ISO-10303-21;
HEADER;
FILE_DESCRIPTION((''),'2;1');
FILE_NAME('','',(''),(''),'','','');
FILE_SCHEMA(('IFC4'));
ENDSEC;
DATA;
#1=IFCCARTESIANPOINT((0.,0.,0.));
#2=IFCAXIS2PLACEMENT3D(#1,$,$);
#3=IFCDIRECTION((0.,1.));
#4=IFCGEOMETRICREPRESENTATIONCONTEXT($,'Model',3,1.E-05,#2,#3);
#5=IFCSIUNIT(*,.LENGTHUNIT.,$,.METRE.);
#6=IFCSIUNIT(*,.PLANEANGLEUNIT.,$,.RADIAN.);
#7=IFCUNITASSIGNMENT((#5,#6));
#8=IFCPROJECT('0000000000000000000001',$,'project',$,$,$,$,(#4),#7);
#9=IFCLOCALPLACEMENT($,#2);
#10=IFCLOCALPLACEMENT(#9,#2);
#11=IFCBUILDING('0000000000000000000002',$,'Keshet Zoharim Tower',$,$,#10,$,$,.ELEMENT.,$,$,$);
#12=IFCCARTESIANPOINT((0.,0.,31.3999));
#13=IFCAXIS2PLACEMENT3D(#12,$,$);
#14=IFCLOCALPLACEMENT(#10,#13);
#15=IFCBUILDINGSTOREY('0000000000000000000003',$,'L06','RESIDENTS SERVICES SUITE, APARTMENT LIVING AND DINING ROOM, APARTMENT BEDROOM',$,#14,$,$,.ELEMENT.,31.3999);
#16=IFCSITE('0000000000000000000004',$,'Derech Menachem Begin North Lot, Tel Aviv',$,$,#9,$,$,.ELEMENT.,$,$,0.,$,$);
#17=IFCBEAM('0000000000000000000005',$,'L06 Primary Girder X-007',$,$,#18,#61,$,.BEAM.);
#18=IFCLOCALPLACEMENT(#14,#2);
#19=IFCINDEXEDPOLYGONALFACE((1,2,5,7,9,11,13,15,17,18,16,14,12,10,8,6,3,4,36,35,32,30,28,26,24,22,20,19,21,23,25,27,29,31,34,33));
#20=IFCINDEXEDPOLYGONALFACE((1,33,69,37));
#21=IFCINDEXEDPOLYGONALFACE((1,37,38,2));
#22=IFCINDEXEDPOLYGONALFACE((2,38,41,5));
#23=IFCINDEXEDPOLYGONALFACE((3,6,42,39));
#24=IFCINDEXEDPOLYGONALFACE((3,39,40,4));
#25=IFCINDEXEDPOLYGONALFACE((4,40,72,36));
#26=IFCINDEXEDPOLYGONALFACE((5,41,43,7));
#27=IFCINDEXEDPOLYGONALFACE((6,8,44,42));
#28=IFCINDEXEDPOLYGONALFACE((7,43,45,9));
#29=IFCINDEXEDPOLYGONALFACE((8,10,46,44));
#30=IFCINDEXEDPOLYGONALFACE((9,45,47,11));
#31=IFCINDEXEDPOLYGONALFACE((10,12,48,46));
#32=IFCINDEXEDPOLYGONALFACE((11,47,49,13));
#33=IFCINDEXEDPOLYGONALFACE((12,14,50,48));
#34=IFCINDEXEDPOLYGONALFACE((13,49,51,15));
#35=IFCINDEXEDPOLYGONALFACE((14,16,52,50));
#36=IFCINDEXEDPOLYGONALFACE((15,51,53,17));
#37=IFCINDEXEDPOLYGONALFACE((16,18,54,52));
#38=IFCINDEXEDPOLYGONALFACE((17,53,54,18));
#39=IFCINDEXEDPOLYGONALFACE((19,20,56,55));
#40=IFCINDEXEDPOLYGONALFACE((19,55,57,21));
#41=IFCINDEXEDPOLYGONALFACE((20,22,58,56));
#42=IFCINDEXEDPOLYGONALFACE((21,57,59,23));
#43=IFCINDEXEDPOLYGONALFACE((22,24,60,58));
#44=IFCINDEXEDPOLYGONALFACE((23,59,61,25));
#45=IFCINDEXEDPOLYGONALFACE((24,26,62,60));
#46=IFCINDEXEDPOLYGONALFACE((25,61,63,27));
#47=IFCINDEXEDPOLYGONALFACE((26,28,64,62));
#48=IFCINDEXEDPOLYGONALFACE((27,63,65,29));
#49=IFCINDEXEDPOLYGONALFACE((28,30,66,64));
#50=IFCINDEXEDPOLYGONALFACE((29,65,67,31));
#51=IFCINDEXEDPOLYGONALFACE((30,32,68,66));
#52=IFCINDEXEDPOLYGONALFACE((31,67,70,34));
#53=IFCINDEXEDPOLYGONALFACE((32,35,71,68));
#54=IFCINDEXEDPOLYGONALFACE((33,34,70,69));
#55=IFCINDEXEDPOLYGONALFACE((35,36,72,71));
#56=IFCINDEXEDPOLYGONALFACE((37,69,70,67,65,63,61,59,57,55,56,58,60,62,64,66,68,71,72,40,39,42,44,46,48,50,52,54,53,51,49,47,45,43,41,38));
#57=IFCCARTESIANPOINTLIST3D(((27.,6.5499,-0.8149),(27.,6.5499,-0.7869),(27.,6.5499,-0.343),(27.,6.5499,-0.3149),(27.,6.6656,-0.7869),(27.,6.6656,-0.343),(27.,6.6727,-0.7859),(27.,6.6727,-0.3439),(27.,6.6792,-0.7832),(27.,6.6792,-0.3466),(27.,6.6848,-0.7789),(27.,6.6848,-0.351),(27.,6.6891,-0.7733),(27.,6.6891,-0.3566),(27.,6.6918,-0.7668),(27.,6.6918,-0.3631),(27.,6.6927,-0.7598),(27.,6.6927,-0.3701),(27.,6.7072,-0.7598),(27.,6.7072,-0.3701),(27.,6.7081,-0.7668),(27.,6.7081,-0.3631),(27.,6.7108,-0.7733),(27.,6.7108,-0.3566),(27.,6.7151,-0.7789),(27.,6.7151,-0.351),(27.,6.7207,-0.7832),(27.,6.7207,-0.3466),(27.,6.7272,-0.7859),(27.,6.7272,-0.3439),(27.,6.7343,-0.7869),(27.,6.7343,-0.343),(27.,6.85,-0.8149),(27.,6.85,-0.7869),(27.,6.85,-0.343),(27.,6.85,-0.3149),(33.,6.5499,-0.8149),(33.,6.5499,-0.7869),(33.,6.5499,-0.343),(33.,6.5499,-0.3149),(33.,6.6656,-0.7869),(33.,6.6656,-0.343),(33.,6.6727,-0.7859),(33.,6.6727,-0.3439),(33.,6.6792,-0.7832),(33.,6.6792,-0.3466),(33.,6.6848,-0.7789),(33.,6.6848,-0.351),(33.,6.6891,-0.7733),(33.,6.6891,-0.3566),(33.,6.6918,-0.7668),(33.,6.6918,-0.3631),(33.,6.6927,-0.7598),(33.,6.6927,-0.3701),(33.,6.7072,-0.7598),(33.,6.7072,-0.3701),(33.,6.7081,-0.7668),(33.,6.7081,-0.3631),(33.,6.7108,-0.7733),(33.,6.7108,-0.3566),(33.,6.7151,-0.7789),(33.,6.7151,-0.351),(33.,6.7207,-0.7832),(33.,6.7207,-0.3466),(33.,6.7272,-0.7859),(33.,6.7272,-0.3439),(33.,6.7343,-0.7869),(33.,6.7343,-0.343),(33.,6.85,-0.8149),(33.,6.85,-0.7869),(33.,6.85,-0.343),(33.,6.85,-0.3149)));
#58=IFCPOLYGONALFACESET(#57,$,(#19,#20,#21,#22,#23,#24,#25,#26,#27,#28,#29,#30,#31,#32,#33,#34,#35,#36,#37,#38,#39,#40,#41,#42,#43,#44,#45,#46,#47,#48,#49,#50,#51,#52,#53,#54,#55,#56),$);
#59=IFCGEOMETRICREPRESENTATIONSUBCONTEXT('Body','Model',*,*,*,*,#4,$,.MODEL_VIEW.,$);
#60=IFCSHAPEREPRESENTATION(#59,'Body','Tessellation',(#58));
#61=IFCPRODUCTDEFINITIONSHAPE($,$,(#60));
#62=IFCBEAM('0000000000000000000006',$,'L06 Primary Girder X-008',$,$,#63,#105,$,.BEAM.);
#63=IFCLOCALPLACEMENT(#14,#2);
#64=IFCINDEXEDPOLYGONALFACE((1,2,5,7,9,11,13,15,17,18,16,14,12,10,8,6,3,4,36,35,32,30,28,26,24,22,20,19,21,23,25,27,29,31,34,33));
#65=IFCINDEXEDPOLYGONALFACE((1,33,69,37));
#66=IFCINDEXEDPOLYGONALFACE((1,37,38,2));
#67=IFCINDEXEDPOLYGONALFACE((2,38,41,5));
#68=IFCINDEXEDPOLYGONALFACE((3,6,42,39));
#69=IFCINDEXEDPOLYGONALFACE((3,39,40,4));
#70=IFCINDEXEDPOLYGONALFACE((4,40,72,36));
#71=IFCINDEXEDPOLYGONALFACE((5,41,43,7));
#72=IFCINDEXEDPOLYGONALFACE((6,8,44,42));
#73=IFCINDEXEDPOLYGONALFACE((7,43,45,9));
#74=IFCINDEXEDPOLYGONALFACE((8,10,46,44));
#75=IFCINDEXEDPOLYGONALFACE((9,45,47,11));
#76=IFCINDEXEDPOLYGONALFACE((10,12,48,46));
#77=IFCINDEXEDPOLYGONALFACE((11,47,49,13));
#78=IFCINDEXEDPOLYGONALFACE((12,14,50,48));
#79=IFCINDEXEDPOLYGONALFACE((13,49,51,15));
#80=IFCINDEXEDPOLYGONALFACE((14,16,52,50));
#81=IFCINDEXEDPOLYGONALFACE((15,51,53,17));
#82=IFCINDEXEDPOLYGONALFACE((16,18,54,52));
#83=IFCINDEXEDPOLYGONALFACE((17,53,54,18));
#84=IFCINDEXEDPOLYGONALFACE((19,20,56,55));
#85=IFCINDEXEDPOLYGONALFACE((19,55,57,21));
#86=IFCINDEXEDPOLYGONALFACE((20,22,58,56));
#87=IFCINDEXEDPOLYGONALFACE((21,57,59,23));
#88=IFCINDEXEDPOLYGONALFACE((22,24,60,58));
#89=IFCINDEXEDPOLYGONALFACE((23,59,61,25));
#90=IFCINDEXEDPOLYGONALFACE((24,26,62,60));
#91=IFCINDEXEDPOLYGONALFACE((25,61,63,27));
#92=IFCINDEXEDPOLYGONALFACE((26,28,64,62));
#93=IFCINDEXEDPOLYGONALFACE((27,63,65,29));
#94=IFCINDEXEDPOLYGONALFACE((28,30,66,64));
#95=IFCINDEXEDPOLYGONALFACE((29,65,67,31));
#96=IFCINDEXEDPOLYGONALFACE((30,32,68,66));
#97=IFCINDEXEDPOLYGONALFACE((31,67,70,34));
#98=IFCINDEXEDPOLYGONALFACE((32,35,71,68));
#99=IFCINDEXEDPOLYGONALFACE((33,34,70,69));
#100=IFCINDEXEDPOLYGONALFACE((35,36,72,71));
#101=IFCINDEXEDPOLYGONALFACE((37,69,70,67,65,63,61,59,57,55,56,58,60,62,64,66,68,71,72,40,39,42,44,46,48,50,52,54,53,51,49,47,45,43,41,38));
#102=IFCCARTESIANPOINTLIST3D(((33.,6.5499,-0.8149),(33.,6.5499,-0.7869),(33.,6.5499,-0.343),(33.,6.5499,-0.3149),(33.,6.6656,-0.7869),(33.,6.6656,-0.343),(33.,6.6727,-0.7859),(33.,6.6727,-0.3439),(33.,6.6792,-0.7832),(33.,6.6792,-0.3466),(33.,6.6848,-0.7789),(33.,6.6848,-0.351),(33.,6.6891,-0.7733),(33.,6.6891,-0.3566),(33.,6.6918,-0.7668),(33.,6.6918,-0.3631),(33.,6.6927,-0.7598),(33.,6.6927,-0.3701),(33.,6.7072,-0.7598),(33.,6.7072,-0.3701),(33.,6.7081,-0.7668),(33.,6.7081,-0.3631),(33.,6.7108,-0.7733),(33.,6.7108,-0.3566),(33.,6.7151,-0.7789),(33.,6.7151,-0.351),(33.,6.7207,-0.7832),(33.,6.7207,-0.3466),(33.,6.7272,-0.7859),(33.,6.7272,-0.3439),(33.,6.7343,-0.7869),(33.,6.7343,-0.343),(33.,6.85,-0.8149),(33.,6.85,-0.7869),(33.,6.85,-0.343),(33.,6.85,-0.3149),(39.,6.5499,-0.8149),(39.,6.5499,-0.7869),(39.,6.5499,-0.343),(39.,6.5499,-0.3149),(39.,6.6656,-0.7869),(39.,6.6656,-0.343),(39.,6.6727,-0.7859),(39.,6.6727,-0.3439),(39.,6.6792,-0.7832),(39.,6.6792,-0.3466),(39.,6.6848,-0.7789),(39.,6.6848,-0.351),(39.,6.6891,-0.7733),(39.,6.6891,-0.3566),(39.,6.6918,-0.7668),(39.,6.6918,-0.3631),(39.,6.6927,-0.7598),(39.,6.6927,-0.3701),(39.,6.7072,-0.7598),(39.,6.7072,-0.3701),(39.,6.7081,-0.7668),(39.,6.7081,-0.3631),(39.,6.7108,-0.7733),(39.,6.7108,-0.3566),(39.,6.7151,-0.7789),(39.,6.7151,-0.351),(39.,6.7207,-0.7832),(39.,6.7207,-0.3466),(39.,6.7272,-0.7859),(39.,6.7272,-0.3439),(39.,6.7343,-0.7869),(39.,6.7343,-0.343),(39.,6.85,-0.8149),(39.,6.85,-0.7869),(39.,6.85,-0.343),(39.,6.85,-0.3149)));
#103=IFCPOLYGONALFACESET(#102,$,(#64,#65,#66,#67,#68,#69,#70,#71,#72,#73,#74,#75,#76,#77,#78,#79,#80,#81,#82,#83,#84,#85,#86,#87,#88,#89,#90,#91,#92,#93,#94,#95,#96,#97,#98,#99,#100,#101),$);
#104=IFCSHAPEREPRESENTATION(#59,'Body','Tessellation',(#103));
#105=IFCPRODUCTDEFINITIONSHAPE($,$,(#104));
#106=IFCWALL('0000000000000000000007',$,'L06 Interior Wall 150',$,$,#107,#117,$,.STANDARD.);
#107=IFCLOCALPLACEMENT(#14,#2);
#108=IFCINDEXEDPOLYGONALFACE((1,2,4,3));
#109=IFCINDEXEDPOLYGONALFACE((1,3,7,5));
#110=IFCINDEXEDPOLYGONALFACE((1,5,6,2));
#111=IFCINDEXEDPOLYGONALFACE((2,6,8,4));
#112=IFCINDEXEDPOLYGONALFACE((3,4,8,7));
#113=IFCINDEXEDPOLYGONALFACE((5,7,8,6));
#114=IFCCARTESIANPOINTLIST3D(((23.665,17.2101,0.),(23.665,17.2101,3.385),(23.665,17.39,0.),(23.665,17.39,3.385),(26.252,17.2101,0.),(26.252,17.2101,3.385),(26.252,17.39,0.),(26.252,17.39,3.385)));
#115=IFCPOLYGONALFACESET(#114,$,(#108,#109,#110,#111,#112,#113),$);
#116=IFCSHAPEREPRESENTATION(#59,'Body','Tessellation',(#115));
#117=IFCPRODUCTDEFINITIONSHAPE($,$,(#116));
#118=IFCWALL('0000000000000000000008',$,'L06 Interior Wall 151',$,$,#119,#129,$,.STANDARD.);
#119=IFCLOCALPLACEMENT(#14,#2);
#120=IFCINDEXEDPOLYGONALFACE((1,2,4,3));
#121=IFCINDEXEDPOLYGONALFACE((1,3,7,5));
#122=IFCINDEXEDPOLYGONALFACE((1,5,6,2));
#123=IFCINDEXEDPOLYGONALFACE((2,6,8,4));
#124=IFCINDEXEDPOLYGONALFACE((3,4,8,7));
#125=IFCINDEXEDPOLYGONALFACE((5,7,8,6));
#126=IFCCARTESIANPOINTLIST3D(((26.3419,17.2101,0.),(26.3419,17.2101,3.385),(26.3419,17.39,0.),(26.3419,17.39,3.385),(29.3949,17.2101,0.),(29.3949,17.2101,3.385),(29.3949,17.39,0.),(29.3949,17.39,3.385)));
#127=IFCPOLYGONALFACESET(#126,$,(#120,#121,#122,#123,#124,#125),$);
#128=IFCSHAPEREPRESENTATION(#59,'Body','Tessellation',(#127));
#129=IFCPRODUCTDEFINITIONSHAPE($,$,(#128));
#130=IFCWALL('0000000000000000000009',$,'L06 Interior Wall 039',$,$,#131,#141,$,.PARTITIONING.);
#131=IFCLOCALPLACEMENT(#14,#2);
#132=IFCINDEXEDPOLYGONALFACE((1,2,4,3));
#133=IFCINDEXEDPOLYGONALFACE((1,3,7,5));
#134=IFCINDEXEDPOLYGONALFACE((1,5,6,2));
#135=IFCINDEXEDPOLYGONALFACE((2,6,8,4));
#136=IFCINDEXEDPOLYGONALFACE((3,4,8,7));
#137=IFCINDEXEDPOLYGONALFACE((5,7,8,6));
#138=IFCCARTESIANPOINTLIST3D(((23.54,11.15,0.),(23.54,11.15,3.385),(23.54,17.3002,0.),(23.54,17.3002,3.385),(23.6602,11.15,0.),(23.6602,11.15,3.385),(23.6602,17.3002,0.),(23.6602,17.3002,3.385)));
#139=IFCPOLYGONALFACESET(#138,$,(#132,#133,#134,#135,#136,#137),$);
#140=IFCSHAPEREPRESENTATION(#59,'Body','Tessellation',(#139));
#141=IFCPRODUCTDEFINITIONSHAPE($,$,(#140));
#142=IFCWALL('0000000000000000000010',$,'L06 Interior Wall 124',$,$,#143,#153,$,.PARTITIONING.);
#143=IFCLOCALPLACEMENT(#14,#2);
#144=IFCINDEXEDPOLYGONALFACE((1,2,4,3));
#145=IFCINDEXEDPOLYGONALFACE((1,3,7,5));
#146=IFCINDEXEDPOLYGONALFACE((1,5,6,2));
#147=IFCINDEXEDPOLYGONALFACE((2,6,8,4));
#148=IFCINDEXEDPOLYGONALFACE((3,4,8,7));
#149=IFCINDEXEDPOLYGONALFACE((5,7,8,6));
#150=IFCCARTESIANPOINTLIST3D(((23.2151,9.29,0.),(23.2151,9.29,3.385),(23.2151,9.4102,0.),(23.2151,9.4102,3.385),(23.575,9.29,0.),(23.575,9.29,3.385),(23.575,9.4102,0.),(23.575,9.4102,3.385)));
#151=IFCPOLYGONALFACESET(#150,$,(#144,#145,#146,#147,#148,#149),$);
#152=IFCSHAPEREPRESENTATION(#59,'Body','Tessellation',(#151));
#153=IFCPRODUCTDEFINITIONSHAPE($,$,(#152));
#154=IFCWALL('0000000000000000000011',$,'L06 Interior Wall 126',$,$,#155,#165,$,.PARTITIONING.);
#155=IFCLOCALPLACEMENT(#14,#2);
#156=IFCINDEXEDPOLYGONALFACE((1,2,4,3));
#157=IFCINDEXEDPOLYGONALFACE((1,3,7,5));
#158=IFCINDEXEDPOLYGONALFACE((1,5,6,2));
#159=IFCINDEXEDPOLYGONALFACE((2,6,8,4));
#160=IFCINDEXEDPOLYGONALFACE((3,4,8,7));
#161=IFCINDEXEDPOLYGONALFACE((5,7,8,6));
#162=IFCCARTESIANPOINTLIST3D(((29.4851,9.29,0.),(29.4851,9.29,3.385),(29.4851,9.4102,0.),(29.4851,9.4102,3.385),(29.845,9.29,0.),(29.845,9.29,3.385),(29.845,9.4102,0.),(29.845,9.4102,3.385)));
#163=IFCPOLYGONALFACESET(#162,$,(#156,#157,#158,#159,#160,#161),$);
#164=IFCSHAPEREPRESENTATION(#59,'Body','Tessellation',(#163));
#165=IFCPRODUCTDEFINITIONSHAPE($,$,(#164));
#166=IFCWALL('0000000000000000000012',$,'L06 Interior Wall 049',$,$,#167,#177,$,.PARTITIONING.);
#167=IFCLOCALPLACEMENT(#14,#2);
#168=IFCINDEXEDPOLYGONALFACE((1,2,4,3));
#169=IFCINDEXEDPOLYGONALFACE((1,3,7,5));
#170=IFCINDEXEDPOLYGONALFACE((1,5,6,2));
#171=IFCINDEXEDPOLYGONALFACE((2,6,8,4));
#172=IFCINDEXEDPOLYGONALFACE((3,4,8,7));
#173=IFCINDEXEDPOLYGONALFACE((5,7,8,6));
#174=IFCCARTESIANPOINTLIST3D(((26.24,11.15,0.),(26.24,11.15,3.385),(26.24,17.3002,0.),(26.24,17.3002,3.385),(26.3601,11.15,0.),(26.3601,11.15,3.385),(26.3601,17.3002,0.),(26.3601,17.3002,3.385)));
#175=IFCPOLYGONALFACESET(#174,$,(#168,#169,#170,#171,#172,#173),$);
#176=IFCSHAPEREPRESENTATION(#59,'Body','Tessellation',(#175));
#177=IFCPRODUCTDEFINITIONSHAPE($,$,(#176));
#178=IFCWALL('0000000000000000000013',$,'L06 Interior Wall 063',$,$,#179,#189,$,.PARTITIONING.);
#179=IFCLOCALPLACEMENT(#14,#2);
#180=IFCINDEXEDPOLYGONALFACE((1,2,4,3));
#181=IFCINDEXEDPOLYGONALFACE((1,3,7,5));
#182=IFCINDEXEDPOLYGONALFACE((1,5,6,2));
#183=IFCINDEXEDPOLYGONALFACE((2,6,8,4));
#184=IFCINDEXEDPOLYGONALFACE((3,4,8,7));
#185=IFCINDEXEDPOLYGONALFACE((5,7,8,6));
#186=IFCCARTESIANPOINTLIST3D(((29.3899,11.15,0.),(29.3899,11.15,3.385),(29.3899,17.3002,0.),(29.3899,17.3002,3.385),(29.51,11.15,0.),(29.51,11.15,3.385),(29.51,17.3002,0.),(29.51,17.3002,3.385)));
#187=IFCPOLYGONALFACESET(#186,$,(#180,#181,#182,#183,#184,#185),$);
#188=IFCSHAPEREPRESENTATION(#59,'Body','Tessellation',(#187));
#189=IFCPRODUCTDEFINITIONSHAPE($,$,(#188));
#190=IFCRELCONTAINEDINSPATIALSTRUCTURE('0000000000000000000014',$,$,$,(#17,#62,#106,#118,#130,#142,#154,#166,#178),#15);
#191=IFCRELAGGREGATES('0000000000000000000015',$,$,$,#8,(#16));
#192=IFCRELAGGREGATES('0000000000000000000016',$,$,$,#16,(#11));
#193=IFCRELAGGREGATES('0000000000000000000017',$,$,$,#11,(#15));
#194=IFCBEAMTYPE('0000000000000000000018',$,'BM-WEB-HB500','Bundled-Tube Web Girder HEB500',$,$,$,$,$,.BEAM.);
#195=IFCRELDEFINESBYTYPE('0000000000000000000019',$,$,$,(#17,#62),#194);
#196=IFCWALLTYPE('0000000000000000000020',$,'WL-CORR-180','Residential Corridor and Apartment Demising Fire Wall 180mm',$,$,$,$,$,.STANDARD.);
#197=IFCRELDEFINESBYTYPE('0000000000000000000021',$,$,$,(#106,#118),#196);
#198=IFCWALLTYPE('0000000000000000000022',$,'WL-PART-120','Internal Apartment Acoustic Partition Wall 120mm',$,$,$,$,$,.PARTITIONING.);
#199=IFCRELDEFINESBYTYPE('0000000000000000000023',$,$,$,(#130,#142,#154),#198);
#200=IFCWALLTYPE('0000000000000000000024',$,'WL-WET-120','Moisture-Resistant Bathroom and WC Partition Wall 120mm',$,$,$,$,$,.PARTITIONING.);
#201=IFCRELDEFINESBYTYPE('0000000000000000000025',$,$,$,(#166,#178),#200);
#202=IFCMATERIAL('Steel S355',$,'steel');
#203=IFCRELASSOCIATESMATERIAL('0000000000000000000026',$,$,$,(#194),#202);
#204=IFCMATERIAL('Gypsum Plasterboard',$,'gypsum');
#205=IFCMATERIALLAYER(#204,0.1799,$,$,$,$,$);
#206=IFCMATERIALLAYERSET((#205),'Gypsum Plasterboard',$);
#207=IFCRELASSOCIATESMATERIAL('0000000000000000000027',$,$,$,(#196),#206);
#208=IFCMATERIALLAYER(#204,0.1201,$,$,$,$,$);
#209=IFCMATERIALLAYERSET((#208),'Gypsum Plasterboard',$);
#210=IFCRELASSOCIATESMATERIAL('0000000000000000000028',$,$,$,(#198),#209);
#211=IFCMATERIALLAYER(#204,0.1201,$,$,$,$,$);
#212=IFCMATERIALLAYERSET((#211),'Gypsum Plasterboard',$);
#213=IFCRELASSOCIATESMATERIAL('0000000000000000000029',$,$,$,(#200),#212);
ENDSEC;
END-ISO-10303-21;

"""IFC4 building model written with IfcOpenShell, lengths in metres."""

from ifc_helpers import new_model, si_unit, direction, frame, frame_2d, origin, origin_2d, place, context, subcontext, project, spatial, rectangle, i_section, extrude, material, layer, layer_set, material_profile, profile_set, type_object, element, save


model = new_model("IFC4")

# Units and contexts
model_context = context("Model", 3, precision=1e-05, world=origin(), true_north=direction((0.0, 1.0)))
body_context = subcontext(model_context, "Body", "Model", "MODEL_VIEW")
ifc_project = project(units=[si_unit("LENGTHUNIT", "METRE"), si_unit("PLANEANGLEUNIT", "RADIAN")], contexts=[model_context])

# Site, building, storey
site_placement = place(None, origin())
site = spatial("IfcSite", under=ifc_project, at=site_placement, Name="Derech Menachem Begin North Lot, Tel Aviv", CompositionType="ELEMENT", RefElevation=0.0)
building_placement = place(site_placement, origin())
building = spatial("IfcBuilding", under=site, at=building_placement, Name="Keshet Zoharim Tower", CompositionType="ELEMENT")
storey_placement = place(building_placement, frame((0.0, 0.0, 31.3999)))
storey = spatial("IfcBuildingStorey", under=building, at=storey_placement, Name="L06", Description="RESIDENTS SERVICES SUITE, APARTMENT LIVING AND DINING ROOM, APARTMENT BEDROOM", CompositionType="ELEMENT", Elevation=31.3999)

# Beams
ifc_material_1 = material(Name="Steel S355", Category="steel")
ifc_material_profile_1 = material_profile(ifc_material_1, i_section(OverallWidth=0.3, OverallDepth=0.5, WebThickness=0.0144, FlangeThickness=0.0281, FilletRadius=0.0271, at=origin_2d()), Name="HEB500")
ifc_profile_set_1 = profile_set([ifc_material_profile_1], Name="Steel S355")
beam_type_1 = type_object("IfcBeamType", Name="BM-WEB-HB500", Description="Bundled-Tube Web Girder HEB500", PredefinedType="BEAM", material=ifc_profile_set_1)
for number, where, z_axis, x_axis, name in (
    (1, (27.0, 6.7, -0.5649), (1.0, 0.0, 0.0), (0.0, 1.0, 0.0), "L06 Primary Girder X-007"),
    (2, (33.0, 6.7, -0.5649), (1.0, 0.0, 0.0), (0.0, 1.0, 0.0), "L06 Primary Girder X-008"),
):
    element("IfcBeam", number, at=place(storey_placement, frame(where, z_axis=z_axis, x_axis=x_axis)), inside=storey, type_object=beam_type_1, Name=name, PredefinedType="BEAM", context=body_context, shape_type="SweptSolid", body=[
        extrude(i_section(OverallWidth=0.3, OverallDepth=0.5, WebThickness=0.0144, FlangeThickness=0.0281, FilletRadius=0.0271, at=origin_2d()), origin(), (0.0, 0.0, 1.0), 6.0),
    ])

# Walls
ifc_material_2 = material(Name="Gypsum Plasterboard", Category="gypsum")
ifc_layer_1 = layer(ifc_material_2, 0.1799)
ifc_layer_set_1 = layer_set([ifc_layer_1], Name="Gypsum Plasterboard")
wall_type_1 = type_object("IfcWallType", Name="WL-CORR-180", Description="Residential Corridor and Apartment Demising Fire Wall 180mm", PredefinedType="STANDARD", material=ifc_layer_set_1)
wall_1_placement = place(storey_placement, frame((23.665, 17.3, 0.0), z_axis=(0.0, 0.0, 1.0), x_axis=(1.0, 0.0, 0.0)))
element("IfcWall", 3, at=wall_1_placement, inside=storey, type_object=wall_type_1, Name="L06 Interior Wall 150", PredefinedType="STANDARD", context=body_context, shape_type="SweptSolid", body=[
    extrude(rectangle(XDim=2.5869, YDim=0.1799, at=frame_2d((1.2935, 0.0))), origin(), (0.0, 0.0, 1.0), 3.385),
])
wall_2_placement = place(storey_placement, frame((26.342, 17.3, 0.0), z_axis=(0.0, 0.0, 1.0), x_axis=(1.0, 0.0, 0.0)))
element("IfcWall", 4, at=wall_2_placement, inside=storey, type_object=wall_type_1, Name="L06 Interior Wall 151", PredefinedType="STANDARD", context=body_context, shape_type="SweptSolid", body=[
    extrude(rectangle(XDim=3.053, YDim=0.1799, at=frame_2d((1.5264, 0.0))), origin(), (0.0, 0.0, 1.0), 3.385),
])

# Walls
ifc_layer_2 = layer(ifc_material_2, 0.1201)
ifc_layer_set_2 = layer_set([ifc_layer_2], Name="Gypsum Plasterboard")
wall_type_2 = type_object("IfcWallType", Name="WL-PART-120", Description="Internal Apartment Acoustic Partition Wall 120mm", PredefinedType="PARTITIONING", material=ifc_layer_set_2)
wall_3_placement = place(storey_placement, frame((23.6001, 11.1499, 0.0), z_axis=(0.0, 0.0, 1.0), x_axis=(0.0, 1.0, 0.0)))
element("IfcWall", 5, at=wall_3_placement, inside=storey, type_object=wall_type_2, Name="L06 Interior Wall 039", PredefinedType="PARTITIONING", context=body_context, shape_type="SweptSolid", body=[
    extrude(rectangle(XDim=6.1501, YDim=0.1201, at=frame_2d((3.0752, 0.0))), origin(), (0.0, 0.0, 1.0), 3.385),
])
wall_4_placement = place(storey_placement, frame((23.2151, 9.3501, 0.0), z_axis=(0.0, 0.0, 1.0), x_axis=(1.0, 0.0, 0.0)))
element("IfcWall", 6, at=wall_4_placement, inside=storey, type_object=wall_type_2, Name="L06 Interior Wall 124", PredefinedType="PARTITIONING", context=body_context, shape_type="SweptSolid", body=[
    extrude(rectangle(XDim=0.3599, YDim=0.1201, at=frame_2d((0.1799, 0.0))), origin(), (0.0, 0.0, 1.0), 3.385),
])

# Wall
wall_5_placement = place(storey_placement, frame((29.4851, 9.3501, 0.0), z_axis=(0.0, 0.0, 1.0), x_axis=(1.0, 0.0, 0.0)))
element("IfcWall", 7, at=wall_5_placement, inside=storey, type_object=wall_type_2, Name="L06 Interior Wall 126", PredefinedType="PARTITIONING", context=body_context, shape_type="SweptSolid", body=[
    extrude(rectangle(XDim=0.3599, YDim=0.1201, at=frame_2d((0.1799, 0.0))), origin(), (0.0, 0.0, 1.0), 3.385),
])

# Walls
ifc_layer_3 = layer(ifc_material_2, 0.1201)
ifc_layer_set_3 = layer_set([ifc_layer_3], Name="Gypsum Plasterboard")
wall_type_3 = type_object("IfcWallType", Name="WL-WET-120", Description="Moisture-Resistant Bathroom and WC Partition Wall 120mm", PredefinedType="PARTITIONING", material=ifc_layer_set_3)
for number, where, z_axis, x_axis, name in (
    (8, (26.3, 11.1499, 0.0), (0.0, 0.0, 1.0), (0.0, 1.0, 0.0), "L06 Interior Wall 049"),
    (9, (29.45, 11.1499, 0.0), (0.0, 0.0, 1.0), (0.0, 1.0, 0.0), "L06 Interior Wall 063"),
):
    element("IfcWall", number, at=place(storey_placement, frame(where, z_axis=z_axis, x_axis=x_axis)), inside=storey, type_object=wall_type_3, Name=name, PredefinedType="PARTITIONING", context=body_context, shape_type="SweptSolid", body=[
        extrude(rectangle(XDim=6.1501, YDim=0.1201, at=frame_2d((3.0752, 0.0))), origin(), (0.0, 0.0, 1.0), 3.385),
    ])

save(model, "model.ifc")
